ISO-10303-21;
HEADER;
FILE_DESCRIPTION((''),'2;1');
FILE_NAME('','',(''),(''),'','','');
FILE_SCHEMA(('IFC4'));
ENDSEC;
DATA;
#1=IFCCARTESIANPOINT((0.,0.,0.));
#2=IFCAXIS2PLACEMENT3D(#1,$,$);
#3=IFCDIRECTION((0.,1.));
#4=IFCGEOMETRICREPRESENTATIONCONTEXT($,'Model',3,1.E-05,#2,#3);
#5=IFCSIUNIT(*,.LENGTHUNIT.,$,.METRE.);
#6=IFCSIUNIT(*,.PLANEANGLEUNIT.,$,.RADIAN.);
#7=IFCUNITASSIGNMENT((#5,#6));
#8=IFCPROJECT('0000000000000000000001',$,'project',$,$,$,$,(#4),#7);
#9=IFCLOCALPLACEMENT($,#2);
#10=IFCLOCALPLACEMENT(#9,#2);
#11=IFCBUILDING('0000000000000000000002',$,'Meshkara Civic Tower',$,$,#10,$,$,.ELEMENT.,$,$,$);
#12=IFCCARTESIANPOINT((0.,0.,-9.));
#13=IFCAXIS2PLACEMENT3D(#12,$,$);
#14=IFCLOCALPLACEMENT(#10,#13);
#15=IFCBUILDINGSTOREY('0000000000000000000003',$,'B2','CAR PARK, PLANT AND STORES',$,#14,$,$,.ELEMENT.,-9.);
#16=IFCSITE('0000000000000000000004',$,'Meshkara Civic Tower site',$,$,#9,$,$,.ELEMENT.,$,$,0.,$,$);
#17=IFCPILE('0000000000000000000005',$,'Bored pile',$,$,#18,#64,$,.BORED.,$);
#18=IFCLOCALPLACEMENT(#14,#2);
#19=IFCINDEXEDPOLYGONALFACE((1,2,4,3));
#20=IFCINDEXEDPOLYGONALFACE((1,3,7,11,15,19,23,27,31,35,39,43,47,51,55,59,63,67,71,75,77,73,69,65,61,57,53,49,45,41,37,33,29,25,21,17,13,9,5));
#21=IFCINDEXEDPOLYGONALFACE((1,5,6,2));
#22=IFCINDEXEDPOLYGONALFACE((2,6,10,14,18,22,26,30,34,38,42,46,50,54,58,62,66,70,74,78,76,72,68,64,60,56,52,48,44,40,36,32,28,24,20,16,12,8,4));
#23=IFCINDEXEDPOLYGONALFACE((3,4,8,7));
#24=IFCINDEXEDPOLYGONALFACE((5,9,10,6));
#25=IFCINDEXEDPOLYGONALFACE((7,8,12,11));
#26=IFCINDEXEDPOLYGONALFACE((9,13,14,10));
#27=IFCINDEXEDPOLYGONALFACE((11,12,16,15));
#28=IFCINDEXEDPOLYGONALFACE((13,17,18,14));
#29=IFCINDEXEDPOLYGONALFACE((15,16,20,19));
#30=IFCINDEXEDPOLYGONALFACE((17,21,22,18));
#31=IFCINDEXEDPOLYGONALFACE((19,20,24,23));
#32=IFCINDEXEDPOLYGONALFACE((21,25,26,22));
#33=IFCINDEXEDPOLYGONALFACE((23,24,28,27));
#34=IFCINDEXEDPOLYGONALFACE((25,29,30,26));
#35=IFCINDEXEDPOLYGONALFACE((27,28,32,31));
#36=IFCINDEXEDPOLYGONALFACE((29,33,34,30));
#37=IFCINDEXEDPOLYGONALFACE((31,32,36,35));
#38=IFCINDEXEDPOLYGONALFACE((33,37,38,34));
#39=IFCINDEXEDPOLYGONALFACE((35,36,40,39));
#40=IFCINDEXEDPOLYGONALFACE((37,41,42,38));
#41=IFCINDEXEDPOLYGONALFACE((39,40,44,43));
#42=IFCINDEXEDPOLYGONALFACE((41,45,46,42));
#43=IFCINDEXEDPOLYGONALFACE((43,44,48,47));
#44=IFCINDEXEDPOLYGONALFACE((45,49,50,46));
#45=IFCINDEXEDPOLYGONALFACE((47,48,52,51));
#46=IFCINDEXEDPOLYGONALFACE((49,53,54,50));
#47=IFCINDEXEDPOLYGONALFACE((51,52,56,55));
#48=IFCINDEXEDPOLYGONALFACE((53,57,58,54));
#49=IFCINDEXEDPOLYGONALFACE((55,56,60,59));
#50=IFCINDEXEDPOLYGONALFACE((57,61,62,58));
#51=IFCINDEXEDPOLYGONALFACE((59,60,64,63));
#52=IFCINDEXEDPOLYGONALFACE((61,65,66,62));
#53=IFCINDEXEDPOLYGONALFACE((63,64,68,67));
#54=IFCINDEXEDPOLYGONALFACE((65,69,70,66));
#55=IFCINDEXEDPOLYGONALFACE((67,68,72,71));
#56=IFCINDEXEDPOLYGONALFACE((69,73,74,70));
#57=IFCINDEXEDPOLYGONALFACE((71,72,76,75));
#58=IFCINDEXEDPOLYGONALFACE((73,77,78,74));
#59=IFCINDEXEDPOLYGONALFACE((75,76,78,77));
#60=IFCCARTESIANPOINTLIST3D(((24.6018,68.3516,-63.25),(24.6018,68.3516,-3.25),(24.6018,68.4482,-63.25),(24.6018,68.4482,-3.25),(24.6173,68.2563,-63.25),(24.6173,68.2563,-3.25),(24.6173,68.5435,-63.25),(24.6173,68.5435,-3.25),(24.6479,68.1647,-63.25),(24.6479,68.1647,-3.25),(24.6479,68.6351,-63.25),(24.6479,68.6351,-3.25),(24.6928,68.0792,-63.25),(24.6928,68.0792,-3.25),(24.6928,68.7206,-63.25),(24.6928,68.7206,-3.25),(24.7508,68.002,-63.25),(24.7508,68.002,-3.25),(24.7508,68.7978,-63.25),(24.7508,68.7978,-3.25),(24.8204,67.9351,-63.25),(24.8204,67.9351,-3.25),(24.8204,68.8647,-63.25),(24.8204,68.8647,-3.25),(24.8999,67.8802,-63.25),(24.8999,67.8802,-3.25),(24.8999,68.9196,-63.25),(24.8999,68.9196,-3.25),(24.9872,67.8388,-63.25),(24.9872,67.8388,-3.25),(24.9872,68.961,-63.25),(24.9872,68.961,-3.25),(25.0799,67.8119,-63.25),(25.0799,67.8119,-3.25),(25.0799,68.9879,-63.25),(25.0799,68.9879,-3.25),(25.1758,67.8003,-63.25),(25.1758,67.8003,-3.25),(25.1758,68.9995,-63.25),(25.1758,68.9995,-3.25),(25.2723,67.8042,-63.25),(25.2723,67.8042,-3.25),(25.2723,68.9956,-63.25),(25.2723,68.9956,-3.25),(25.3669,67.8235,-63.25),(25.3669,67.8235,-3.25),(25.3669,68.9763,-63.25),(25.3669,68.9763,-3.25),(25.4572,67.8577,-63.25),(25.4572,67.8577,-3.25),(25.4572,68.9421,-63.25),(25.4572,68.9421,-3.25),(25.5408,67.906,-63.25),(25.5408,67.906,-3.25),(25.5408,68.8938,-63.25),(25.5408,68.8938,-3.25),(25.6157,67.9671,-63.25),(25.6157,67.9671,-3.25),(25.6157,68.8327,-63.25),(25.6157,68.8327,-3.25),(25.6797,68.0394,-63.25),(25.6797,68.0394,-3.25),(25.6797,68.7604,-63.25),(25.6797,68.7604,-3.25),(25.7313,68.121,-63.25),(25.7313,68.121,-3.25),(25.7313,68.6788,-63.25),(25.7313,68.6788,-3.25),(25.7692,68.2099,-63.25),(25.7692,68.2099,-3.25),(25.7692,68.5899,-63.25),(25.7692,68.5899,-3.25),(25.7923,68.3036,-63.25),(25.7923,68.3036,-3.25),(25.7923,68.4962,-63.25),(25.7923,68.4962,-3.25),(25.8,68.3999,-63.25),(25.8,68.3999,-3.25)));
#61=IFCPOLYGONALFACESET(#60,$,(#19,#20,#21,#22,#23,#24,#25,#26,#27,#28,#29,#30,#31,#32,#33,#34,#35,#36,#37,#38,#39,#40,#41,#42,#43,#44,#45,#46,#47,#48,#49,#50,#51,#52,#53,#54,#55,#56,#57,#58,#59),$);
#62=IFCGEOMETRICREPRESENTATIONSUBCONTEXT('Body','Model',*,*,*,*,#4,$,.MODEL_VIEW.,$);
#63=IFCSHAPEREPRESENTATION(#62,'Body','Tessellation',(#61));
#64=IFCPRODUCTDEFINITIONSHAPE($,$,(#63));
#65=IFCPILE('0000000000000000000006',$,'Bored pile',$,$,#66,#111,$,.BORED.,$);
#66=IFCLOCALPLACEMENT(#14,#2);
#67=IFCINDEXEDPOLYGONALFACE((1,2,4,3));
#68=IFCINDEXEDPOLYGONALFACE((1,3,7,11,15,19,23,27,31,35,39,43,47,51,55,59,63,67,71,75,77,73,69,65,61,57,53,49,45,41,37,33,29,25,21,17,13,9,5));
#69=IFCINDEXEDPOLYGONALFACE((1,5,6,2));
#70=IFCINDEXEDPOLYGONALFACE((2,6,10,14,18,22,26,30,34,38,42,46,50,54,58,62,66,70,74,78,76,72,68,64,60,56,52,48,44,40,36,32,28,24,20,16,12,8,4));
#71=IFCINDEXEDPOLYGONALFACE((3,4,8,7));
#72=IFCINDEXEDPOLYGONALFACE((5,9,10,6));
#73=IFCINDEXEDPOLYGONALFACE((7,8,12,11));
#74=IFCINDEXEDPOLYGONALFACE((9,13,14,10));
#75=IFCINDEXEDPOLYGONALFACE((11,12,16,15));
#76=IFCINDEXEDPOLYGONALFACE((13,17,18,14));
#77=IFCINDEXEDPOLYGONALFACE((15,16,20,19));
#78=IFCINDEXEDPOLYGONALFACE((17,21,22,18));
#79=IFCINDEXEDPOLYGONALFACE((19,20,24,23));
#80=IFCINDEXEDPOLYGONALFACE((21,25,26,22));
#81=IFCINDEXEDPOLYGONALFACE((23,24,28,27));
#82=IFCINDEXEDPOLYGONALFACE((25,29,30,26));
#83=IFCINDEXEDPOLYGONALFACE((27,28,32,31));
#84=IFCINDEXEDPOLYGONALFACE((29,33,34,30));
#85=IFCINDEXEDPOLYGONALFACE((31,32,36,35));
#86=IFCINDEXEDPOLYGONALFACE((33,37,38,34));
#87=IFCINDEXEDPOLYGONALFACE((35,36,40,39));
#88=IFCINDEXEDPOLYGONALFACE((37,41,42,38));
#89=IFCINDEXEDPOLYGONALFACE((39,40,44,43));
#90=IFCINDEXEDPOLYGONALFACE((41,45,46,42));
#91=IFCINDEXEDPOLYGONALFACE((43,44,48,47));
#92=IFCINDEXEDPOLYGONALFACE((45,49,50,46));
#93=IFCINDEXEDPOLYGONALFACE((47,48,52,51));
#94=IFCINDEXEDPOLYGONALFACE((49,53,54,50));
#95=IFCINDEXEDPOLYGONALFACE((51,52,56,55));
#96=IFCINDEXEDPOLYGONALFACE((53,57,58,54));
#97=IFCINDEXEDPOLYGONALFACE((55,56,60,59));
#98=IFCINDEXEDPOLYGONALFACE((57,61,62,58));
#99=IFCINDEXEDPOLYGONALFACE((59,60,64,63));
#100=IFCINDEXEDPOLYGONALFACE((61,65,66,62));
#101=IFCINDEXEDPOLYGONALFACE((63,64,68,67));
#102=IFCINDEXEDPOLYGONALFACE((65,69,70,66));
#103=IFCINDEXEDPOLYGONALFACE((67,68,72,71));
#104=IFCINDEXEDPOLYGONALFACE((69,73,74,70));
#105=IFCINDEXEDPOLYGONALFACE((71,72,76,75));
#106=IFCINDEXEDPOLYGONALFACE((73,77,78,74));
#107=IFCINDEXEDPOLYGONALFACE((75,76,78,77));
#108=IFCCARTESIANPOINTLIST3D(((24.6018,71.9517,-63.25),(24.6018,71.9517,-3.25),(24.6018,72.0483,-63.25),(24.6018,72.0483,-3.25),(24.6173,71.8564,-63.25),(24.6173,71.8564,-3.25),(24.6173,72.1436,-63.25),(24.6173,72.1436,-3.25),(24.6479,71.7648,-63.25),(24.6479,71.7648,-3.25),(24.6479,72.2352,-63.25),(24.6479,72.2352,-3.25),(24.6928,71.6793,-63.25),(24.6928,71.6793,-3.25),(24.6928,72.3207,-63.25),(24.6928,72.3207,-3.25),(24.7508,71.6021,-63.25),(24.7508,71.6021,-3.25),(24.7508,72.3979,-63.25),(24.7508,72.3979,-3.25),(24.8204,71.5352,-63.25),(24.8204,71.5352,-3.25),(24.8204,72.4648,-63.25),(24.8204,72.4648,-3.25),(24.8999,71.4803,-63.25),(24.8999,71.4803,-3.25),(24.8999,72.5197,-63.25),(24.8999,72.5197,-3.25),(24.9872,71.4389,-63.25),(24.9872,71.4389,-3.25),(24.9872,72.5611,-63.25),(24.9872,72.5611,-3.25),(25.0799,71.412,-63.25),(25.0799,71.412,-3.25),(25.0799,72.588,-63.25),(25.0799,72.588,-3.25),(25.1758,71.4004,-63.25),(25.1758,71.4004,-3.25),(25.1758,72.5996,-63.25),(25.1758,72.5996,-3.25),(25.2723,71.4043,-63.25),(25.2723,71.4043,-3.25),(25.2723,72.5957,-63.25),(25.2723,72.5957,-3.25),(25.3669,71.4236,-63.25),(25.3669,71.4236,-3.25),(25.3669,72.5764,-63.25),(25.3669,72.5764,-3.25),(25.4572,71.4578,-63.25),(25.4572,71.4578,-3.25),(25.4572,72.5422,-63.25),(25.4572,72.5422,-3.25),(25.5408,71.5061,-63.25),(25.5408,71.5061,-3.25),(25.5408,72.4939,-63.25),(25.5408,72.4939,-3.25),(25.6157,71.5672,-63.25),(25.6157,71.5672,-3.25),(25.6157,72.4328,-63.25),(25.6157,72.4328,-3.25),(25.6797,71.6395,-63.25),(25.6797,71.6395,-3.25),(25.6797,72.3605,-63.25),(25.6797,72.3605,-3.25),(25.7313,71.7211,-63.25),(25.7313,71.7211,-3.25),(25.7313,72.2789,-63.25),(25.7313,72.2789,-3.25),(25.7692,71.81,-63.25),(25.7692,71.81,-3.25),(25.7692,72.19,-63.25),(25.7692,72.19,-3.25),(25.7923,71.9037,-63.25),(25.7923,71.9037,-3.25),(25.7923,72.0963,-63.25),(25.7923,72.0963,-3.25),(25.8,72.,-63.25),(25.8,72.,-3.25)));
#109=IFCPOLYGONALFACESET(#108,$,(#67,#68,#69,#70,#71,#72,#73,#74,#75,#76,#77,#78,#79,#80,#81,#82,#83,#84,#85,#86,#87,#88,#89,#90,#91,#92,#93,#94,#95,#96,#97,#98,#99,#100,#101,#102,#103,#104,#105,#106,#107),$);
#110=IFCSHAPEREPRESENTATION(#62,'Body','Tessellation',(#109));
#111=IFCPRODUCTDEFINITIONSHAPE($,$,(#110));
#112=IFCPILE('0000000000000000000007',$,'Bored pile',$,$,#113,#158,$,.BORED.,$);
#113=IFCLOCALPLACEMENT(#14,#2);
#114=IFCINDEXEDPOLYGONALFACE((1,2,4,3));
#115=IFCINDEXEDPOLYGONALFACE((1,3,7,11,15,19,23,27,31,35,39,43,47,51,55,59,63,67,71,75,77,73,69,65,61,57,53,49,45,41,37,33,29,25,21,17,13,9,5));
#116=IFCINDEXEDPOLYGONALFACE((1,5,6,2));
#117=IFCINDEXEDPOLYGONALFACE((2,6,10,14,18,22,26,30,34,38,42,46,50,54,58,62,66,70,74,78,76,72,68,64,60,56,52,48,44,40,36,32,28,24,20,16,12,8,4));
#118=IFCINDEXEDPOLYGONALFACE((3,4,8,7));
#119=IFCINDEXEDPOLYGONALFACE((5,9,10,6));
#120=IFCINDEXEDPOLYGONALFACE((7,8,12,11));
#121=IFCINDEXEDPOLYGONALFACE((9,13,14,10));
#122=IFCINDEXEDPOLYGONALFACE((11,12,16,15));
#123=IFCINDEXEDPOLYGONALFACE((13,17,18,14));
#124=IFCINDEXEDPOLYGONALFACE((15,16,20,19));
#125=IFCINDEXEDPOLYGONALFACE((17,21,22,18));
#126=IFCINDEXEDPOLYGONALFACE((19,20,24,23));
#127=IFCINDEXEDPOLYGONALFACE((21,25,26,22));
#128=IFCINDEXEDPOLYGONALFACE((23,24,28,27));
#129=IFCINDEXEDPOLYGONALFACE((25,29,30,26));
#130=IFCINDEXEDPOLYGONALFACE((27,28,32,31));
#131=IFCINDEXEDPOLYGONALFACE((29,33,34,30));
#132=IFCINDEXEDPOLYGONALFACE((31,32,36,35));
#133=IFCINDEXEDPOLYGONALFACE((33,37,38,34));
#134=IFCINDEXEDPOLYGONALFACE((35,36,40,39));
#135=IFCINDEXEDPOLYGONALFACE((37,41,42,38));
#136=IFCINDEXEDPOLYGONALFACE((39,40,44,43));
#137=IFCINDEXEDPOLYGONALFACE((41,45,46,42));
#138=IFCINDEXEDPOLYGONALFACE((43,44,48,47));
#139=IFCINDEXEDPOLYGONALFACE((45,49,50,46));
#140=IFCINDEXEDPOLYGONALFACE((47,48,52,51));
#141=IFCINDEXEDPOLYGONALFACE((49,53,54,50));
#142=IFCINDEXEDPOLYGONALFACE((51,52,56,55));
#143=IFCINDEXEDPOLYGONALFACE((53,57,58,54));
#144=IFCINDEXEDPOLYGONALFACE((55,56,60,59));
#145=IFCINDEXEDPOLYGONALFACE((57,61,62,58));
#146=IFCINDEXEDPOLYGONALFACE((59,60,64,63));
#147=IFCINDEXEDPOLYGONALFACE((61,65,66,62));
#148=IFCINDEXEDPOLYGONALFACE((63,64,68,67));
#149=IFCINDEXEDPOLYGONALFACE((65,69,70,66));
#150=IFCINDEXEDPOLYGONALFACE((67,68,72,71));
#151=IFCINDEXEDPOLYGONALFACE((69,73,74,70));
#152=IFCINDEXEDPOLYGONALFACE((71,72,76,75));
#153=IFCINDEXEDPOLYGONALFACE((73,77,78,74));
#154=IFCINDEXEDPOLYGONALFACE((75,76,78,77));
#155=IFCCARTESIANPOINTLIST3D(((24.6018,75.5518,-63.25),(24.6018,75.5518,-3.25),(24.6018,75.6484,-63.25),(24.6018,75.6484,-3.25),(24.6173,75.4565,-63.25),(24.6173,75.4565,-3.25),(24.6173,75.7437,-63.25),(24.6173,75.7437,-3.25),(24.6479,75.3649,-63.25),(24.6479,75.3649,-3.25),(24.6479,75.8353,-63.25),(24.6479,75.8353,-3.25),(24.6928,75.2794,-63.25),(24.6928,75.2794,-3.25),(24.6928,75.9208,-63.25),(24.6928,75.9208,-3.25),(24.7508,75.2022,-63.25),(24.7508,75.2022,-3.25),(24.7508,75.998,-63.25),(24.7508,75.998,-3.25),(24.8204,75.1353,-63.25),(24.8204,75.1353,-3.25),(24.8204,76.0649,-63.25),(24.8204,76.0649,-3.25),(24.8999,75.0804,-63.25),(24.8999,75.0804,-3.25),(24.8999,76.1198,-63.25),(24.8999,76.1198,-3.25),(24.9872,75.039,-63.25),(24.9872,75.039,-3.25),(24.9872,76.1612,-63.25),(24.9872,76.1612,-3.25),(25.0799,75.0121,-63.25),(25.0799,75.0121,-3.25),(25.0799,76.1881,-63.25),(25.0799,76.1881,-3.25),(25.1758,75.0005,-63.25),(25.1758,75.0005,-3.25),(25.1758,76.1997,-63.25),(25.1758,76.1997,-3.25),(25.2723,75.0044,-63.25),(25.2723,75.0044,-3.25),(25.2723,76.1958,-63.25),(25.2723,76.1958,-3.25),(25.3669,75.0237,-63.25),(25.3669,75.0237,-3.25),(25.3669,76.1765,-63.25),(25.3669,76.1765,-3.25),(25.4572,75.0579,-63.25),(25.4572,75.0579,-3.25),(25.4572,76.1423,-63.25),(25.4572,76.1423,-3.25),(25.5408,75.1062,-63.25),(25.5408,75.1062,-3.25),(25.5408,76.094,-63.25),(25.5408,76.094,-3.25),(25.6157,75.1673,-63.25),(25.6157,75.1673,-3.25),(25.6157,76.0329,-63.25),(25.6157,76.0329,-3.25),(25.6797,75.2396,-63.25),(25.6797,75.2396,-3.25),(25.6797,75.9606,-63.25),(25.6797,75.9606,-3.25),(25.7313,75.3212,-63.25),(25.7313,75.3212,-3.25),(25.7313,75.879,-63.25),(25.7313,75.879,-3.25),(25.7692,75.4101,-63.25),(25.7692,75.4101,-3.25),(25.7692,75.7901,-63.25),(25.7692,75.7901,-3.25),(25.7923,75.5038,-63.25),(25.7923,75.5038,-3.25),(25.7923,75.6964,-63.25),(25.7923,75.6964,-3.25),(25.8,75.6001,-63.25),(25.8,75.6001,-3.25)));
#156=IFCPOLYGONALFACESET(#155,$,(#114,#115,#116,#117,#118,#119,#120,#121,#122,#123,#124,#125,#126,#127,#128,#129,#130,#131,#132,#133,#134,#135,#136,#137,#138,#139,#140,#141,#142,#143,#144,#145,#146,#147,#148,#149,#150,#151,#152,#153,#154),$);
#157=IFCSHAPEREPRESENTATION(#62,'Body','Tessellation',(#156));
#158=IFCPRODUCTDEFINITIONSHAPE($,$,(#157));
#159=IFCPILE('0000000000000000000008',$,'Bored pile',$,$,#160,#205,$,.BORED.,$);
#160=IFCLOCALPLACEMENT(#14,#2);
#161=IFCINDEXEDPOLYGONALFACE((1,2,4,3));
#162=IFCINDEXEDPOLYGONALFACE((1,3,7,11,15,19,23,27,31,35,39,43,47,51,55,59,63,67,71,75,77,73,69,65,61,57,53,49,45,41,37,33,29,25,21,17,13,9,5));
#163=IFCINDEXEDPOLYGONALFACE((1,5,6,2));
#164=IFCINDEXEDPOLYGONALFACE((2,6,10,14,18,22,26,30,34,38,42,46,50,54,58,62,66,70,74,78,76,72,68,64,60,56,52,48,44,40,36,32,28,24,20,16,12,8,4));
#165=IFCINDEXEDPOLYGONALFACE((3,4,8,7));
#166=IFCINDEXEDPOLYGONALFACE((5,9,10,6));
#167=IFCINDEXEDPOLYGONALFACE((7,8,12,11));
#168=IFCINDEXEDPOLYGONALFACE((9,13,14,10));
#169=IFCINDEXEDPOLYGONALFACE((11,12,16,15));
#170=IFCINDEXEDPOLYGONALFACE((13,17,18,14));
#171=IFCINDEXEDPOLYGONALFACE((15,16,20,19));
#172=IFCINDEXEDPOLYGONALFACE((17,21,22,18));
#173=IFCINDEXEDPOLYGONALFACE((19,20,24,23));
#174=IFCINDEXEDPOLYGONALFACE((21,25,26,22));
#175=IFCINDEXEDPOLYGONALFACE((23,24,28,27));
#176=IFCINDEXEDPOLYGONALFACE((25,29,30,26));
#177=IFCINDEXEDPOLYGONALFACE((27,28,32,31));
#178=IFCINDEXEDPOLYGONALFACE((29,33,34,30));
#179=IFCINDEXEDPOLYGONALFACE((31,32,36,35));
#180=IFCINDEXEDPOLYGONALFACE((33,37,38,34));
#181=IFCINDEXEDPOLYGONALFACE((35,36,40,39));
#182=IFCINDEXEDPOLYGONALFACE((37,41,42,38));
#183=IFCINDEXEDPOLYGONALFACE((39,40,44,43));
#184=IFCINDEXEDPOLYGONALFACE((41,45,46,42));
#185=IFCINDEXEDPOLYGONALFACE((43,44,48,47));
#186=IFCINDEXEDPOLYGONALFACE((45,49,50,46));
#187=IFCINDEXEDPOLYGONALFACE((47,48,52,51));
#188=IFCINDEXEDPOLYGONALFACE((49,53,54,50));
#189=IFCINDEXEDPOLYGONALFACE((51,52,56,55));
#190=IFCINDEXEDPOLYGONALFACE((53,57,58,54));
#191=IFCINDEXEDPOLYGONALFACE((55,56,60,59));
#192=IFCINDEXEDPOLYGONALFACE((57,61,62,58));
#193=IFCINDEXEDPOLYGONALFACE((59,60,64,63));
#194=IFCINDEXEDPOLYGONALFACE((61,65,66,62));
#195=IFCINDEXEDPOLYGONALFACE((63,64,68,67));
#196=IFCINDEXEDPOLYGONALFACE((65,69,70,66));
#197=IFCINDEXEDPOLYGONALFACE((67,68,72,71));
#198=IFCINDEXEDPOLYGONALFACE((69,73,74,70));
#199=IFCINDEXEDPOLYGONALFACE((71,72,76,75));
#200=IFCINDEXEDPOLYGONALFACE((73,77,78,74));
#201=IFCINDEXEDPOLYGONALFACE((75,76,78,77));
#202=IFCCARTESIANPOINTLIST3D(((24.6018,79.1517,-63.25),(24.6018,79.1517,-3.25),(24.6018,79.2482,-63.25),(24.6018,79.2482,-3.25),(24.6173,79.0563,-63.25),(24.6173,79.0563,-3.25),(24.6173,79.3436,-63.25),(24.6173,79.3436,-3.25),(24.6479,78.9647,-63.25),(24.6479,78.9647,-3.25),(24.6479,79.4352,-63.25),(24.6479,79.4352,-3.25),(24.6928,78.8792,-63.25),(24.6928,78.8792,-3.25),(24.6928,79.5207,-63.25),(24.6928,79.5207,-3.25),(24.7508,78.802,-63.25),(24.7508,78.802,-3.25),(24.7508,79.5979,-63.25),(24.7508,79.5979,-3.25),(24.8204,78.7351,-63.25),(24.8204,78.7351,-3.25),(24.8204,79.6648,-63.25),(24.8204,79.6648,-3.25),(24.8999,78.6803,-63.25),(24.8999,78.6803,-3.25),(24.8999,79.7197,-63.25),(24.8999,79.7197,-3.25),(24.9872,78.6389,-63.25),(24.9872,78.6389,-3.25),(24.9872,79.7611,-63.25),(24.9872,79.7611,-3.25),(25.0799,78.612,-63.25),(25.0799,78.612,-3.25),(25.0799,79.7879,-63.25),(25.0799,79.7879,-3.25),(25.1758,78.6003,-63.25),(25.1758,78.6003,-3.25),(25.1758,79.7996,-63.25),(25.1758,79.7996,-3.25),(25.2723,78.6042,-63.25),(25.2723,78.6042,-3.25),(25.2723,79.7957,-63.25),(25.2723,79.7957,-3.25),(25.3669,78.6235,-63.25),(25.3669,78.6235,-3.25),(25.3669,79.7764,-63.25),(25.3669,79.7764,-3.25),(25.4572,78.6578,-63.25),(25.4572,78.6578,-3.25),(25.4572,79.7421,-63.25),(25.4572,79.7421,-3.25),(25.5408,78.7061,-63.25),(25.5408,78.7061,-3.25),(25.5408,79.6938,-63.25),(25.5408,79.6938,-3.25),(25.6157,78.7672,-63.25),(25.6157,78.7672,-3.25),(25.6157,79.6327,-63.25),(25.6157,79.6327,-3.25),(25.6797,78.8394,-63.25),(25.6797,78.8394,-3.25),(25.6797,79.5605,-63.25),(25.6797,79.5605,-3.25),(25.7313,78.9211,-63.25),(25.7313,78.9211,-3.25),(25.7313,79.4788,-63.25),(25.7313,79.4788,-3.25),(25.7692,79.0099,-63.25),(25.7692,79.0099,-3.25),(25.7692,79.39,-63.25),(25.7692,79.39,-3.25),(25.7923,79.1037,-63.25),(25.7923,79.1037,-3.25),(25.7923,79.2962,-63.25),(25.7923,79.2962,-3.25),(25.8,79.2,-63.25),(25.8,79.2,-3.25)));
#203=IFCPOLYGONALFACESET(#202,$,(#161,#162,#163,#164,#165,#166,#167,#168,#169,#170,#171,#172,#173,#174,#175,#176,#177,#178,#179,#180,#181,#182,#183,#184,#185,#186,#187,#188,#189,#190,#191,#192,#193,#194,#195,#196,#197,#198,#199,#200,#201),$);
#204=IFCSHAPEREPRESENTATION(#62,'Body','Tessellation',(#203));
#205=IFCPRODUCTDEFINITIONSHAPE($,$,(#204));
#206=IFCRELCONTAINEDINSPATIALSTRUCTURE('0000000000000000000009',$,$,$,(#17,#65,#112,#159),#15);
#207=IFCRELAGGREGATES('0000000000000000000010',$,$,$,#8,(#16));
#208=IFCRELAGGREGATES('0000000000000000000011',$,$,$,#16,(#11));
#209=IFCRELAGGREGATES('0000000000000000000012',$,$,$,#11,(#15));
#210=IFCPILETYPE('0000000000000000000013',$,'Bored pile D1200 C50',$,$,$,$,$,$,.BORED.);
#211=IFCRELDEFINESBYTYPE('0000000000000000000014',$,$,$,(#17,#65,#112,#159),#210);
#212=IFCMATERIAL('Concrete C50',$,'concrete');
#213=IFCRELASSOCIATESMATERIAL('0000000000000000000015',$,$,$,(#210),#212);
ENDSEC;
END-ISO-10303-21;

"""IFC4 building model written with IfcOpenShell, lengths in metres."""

from ifc_helpers import new_model, si_unit, direction, frame, origin, origin_2d, place, context, subcontext, project, spatial, circle, extrude, material, material_profile, profile_set, type_object, element, save


model = new_model("IFC4")

# Units and contexts
model_context = context("Model", 3, precision=1e-05, world=origin(), true_north=direction((0.0, 1.0)))
body_context = subcontext(model_context, "Body", "Model", "MODEL_VIEW")
ifc_project = project(units=[si_unit("LENGTHUNIT", "METRE"), si_unit("PLANEANGLEUNIT", "RADIAN")], contexts=[model_context])

# Site, building, storey
site_placement = place(None, origin())
site = spatial("IfcSite", under=ifc_project, at=site_placement, Name="Meshkara Civic Tower site", CompositionType="ELEMENT", RefElevation=0.0)
building_placement = place(site_placement, origin())
building = spatial("IfcBuilding", under=site, at=building_placement, Name="Meshkara Civic Tower", CompositionType="ELEMENT")
storey_placement = place(building_placement, frame((0.0, 0.0, -9.0)))
storey = spatial("IfcBuildingStorey", under=building, at=storey_placement, Name="B2", Description="CAR PARK, PLANT AND STORES", CompositionType="ELEMENT", Elevation=-9.0)

# Piles
ifc_material_1 = material(Name="Concrete C50", Category="concrete")
ifc_material_profile_1 = material_profile(ifc_material_1, circle(Radius=0.6001, at=origin_2d()))
ifc_profile_set_1 = profile_set([ifc_material_profile_1], Name="Concrete C50")
pile_type = type_object("IfcPileType", Name="Bored pile D1200 C50", PredefinedType="BORED", material=ifc_profile_set_1)
for number, where, z_axis, x_axis, name in (
    (1, (25.2, 68.3999, -3.25), (0.0, 0.0, -1.0), (1.0, 0.0, 0.0), "Bored pile"),
    (2, (25.2, 72.0, -3.25), (0.0, 0.0, -1.0), (1.0, 0.0, 0.0), "Bored pile"),
    (3, (25.2, 75.6001, -3.25), (0.0, 0.0, -1.0), (1.0, 0.0, 0.0), "Bored pile"),
    (4, (25.2, 79.2, -3.25), (0.0, 0.0, -1.0), (1.0, 0.0, 0.0), "Bored pile"),
):
    element("IfcPile", number, at=place(storey_placement, frame(where, z_axis=z_axis, x_axis=x_axis)), inside=storey, type_object=pile_type, Name=name, PredefinedType="BORED", context=body_context, shape_type="SweptSolid", body=[
        extrude(circle(Radius=0.6001, at=origin_2d()), origin(), (0.0, 0.0, 1.0), 60.0),
    ])

save(model, "model.ifc")
